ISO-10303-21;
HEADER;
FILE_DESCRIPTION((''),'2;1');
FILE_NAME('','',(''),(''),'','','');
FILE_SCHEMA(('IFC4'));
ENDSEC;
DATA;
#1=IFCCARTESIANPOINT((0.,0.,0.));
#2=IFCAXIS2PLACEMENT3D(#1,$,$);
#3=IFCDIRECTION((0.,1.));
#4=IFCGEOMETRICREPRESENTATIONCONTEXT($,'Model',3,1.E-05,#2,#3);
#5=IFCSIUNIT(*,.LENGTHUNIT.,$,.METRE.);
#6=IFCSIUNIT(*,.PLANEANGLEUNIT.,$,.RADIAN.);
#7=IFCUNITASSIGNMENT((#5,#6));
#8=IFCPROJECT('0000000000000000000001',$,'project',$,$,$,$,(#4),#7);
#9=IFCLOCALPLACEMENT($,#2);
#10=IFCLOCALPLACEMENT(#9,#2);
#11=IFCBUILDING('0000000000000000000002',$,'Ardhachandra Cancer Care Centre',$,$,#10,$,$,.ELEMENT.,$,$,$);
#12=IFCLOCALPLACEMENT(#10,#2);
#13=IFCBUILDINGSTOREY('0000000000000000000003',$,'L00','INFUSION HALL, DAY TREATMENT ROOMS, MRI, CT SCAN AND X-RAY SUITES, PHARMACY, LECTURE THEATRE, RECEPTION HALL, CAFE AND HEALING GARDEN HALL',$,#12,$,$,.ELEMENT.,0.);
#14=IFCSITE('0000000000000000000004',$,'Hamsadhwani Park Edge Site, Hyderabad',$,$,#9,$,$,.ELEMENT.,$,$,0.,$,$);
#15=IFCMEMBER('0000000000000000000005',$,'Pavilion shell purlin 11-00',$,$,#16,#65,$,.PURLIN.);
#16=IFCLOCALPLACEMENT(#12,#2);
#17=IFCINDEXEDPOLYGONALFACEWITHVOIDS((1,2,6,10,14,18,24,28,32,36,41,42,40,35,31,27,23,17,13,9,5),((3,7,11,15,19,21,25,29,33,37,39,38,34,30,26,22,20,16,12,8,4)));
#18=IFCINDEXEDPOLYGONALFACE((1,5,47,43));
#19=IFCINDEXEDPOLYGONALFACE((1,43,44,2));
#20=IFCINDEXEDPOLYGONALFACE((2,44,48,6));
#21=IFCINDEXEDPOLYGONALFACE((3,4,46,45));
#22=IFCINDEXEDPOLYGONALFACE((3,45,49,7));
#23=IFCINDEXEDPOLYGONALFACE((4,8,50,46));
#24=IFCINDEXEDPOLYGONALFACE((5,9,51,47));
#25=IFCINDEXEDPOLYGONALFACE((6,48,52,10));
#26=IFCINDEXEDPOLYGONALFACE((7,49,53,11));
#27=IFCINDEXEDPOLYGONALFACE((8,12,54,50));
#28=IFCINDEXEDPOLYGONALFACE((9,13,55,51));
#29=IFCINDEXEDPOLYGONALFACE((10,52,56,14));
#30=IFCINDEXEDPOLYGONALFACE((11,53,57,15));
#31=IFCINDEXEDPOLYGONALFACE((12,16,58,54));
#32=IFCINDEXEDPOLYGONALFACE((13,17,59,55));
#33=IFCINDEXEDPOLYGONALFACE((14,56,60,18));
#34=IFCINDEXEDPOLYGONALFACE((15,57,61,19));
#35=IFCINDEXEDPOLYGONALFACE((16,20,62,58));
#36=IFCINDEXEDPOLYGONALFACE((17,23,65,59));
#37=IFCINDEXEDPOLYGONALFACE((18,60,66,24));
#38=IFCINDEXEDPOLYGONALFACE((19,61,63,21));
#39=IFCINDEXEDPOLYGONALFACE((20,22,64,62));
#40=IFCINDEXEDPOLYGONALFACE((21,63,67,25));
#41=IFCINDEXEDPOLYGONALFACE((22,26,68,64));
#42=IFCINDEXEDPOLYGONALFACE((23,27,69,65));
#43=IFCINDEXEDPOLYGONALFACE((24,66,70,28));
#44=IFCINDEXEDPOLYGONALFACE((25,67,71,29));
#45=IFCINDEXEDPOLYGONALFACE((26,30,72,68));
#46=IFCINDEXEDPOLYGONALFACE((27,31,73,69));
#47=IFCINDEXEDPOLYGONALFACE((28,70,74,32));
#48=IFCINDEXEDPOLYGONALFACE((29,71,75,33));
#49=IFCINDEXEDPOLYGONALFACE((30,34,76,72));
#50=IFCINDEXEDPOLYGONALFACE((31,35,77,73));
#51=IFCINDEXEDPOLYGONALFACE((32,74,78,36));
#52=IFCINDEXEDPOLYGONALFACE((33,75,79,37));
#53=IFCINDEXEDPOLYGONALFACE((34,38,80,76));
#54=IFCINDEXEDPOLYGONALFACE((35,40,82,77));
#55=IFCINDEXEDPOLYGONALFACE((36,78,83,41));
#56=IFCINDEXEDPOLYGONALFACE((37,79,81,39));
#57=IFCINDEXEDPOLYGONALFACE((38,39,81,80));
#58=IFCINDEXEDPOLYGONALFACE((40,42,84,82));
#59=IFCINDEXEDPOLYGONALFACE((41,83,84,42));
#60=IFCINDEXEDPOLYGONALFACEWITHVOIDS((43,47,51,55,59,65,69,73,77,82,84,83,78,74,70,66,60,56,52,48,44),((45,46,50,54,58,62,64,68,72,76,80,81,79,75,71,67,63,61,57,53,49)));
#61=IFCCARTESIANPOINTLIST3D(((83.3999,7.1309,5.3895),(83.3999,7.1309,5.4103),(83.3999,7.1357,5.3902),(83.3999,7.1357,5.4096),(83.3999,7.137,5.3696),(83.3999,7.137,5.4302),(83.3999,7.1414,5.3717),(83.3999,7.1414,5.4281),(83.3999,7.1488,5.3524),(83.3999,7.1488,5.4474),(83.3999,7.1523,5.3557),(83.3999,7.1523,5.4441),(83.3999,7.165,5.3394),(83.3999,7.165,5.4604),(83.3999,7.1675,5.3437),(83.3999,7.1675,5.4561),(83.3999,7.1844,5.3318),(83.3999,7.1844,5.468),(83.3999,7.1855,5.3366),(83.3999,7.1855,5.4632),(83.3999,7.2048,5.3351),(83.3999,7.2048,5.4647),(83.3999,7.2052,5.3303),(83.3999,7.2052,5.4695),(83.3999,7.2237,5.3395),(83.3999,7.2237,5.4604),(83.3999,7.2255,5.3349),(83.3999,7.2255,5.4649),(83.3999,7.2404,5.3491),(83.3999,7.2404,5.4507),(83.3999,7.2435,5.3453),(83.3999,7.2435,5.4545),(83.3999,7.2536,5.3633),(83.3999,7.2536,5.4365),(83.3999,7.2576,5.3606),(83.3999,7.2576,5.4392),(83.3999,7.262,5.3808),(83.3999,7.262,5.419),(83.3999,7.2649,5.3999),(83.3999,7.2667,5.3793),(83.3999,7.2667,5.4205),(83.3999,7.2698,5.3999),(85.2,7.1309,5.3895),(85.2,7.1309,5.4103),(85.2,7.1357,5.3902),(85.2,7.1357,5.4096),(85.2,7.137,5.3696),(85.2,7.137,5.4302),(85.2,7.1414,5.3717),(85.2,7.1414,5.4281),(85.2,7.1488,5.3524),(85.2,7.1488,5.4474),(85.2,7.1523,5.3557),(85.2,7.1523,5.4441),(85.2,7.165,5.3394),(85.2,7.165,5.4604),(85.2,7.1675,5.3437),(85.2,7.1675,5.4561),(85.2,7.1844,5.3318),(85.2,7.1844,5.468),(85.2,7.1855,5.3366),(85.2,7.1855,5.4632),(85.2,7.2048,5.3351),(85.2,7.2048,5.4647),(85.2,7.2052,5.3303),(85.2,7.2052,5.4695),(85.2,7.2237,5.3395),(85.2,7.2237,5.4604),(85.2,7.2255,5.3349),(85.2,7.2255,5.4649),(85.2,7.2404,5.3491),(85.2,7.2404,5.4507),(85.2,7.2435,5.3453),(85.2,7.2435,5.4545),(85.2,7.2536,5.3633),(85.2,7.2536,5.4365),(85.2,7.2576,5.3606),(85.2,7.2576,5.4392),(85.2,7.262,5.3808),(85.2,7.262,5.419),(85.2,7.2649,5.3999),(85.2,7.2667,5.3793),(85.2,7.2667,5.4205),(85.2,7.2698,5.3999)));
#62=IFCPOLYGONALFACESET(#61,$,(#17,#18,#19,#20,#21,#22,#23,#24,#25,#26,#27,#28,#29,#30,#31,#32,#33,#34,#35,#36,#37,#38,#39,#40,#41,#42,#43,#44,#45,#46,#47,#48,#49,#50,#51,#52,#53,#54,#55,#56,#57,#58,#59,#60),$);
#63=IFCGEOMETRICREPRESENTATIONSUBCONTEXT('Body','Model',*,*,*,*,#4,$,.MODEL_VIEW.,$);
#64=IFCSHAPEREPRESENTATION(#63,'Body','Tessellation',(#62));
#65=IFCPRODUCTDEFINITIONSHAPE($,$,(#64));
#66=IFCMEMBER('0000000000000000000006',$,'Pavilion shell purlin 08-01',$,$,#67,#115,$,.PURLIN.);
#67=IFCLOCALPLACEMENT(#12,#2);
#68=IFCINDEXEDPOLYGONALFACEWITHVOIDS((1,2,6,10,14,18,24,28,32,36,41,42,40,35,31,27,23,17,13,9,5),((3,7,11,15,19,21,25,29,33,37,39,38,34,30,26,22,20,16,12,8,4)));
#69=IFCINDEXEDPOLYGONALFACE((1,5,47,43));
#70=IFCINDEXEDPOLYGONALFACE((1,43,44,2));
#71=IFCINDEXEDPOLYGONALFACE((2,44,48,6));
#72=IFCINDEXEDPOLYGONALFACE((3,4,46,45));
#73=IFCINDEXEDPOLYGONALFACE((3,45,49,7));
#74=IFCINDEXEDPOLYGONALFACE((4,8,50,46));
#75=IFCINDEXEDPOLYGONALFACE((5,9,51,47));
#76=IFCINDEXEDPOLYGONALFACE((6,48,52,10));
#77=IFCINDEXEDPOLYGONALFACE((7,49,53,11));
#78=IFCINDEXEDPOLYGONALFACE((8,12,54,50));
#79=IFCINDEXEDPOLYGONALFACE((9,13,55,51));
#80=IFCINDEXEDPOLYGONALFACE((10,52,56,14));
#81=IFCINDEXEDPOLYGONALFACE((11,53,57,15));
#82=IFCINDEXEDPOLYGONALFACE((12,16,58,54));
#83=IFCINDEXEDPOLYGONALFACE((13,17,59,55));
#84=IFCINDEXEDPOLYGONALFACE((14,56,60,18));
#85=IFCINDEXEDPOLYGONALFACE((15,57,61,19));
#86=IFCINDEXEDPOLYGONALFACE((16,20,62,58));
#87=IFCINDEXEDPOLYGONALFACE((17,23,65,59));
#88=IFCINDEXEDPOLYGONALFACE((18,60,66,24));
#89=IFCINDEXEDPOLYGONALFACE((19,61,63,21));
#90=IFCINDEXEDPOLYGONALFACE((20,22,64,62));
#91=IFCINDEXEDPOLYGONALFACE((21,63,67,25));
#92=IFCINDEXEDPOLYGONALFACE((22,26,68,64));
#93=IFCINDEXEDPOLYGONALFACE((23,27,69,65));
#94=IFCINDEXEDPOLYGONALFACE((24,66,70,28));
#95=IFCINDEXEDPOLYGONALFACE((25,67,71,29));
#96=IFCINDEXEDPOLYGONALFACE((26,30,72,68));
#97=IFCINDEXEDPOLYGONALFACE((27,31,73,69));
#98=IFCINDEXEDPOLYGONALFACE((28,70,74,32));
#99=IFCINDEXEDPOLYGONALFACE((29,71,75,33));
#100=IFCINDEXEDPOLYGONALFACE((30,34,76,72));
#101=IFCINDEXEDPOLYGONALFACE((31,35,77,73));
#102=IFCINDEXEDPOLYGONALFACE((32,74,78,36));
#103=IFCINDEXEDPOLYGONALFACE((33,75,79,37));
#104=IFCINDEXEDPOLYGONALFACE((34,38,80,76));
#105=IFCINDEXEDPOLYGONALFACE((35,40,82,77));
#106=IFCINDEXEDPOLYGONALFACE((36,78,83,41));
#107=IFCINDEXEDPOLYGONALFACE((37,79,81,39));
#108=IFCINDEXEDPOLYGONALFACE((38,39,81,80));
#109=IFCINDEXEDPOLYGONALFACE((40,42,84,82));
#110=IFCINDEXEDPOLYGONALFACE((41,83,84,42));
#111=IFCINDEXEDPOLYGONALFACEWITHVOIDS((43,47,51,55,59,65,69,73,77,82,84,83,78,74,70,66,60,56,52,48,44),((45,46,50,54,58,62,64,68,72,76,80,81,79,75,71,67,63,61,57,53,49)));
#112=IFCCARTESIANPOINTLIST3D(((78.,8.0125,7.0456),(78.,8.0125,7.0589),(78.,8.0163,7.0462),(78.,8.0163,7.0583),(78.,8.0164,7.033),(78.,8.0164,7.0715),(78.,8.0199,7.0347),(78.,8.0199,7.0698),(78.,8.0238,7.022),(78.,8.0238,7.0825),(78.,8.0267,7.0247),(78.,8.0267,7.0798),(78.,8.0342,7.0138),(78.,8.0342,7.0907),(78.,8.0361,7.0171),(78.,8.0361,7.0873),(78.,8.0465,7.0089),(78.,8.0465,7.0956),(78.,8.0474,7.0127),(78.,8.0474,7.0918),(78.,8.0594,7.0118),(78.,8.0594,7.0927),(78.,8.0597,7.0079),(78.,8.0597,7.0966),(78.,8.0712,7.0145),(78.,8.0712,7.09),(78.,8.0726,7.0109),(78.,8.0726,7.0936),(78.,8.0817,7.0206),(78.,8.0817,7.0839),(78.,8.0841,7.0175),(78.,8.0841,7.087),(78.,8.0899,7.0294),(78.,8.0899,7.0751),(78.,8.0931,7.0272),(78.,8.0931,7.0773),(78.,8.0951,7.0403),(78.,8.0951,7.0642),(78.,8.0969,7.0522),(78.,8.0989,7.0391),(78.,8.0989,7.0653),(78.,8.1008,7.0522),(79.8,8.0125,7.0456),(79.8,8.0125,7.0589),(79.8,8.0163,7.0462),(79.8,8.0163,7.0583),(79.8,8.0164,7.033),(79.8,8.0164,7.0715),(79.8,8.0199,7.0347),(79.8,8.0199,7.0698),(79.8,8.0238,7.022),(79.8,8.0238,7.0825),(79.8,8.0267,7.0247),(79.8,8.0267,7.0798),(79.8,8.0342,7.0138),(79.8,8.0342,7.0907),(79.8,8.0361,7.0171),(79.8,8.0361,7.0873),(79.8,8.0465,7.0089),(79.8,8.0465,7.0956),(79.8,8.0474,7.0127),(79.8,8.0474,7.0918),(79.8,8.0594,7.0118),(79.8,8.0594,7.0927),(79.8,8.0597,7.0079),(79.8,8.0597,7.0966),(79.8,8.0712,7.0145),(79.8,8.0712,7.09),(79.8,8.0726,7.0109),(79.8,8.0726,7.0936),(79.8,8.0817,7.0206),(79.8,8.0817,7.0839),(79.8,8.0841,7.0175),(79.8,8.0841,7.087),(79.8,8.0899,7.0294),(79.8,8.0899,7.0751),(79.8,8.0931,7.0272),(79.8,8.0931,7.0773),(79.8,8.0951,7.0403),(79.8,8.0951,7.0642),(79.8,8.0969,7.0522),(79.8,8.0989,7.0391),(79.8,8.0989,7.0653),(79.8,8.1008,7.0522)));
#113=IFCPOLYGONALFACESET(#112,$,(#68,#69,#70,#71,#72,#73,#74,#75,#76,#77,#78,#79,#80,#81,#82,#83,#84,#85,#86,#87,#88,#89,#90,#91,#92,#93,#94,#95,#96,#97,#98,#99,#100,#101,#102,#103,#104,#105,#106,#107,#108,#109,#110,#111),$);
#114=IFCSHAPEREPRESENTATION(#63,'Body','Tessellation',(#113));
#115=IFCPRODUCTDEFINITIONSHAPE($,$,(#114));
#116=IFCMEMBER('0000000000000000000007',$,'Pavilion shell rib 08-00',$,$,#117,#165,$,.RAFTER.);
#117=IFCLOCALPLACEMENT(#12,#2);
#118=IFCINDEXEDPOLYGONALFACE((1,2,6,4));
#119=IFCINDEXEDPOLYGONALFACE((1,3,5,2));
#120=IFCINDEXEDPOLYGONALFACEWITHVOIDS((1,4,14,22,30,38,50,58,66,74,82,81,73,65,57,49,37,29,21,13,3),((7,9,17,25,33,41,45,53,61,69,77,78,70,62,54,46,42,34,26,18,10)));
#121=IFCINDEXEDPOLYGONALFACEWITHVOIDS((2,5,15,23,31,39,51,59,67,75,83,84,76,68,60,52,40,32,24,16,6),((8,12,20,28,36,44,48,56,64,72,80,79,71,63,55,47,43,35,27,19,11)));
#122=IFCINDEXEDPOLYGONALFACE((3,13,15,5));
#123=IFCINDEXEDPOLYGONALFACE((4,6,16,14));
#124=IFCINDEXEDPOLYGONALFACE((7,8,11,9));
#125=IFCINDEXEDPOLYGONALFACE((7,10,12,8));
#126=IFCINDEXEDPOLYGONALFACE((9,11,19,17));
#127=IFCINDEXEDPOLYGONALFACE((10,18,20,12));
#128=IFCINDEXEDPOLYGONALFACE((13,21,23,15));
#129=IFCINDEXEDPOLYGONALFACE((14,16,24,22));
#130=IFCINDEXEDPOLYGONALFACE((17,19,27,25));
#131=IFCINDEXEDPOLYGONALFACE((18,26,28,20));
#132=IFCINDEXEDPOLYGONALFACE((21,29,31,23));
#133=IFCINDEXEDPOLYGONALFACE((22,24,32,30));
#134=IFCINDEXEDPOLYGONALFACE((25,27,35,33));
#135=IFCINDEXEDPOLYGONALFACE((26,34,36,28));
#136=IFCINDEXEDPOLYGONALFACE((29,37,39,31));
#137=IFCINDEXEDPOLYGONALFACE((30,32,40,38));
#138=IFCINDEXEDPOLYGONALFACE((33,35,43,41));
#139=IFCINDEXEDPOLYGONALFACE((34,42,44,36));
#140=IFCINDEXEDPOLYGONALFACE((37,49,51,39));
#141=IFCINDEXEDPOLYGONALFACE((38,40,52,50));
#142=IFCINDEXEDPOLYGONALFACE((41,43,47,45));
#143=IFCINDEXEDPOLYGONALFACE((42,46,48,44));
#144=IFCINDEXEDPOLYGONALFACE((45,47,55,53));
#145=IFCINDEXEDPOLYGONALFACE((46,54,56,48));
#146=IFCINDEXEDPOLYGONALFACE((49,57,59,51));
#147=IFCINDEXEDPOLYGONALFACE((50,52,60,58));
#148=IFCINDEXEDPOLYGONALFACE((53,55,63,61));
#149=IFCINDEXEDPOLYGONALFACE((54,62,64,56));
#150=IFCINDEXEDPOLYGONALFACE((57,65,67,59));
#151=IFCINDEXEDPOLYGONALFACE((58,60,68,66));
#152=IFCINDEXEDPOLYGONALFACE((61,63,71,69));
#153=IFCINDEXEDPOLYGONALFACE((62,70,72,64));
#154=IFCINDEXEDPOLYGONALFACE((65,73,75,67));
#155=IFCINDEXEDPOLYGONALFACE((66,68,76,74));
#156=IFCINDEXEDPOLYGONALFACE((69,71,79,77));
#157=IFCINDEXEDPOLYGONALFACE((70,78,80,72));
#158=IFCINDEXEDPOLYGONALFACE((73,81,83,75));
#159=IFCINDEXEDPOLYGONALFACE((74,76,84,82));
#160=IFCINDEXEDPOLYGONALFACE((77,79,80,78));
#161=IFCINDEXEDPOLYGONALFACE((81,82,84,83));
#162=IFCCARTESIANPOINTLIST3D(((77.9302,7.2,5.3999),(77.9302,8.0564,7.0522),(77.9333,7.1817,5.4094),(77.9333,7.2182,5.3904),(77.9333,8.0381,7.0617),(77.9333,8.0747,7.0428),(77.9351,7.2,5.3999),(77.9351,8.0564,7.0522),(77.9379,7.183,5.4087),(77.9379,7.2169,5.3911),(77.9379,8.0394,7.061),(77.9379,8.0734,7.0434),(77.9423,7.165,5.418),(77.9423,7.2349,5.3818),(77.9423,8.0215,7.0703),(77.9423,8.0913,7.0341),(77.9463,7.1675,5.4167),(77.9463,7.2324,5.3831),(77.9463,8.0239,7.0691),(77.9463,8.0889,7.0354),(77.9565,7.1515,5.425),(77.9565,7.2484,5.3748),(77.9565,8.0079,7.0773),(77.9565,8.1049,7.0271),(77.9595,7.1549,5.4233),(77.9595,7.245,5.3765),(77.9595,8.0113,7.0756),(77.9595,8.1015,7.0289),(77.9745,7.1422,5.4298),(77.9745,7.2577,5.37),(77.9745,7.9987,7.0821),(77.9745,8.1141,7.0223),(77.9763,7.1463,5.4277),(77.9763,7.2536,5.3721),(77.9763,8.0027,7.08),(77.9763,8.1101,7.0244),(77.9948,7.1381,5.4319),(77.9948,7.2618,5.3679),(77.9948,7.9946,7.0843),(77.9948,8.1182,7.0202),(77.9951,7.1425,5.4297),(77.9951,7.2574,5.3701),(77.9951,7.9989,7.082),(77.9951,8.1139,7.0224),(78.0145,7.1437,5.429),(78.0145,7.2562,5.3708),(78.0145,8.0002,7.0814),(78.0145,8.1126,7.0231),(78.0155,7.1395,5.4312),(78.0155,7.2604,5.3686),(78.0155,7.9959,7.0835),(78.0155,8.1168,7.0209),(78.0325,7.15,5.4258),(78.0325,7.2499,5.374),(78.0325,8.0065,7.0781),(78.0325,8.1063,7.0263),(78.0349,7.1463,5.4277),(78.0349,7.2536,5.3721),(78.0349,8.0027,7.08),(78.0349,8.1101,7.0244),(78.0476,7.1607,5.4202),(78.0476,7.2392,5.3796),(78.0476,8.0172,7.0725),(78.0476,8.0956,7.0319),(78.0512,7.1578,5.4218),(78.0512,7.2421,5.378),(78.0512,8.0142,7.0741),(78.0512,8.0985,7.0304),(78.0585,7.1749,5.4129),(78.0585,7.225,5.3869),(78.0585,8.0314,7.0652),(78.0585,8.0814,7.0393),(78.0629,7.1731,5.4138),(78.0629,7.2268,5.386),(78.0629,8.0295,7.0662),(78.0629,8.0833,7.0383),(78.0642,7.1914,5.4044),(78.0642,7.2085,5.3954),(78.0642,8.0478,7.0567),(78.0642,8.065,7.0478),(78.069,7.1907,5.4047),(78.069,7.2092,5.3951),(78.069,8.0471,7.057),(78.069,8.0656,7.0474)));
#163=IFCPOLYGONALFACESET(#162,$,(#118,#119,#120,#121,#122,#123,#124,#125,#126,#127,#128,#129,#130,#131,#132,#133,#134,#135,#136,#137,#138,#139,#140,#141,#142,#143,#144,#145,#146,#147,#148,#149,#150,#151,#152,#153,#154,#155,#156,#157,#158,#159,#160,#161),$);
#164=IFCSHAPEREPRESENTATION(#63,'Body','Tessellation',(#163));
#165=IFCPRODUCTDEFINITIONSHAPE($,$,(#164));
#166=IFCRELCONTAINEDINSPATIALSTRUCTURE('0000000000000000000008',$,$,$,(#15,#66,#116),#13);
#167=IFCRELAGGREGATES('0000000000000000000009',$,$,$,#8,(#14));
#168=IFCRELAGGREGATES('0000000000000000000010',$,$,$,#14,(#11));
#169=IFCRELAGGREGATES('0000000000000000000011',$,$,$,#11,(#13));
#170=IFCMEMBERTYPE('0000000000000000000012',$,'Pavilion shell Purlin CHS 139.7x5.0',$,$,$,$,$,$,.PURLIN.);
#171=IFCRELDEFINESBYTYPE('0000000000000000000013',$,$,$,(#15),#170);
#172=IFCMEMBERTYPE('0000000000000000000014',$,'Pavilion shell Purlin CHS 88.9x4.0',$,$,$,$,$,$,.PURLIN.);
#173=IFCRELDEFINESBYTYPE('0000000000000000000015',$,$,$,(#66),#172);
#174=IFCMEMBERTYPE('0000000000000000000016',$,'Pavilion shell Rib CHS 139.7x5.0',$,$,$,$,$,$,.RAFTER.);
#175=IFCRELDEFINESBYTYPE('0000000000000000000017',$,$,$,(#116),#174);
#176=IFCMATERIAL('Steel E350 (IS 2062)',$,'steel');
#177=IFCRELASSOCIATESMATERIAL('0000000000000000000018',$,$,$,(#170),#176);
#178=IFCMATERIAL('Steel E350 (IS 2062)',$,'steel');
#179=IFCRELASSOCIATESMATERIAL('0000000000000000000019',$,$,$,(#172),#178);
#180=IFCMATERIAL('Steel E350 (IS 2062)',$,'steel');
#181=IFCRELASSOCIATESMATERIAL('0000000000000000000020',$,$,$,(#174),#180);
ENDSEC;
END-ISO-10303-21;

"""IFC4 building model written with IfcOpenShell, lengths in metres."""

from ifc_helpers import new_model, si_unit, direction, frame, origin, origin_2d, place, context, subcontext, project, spatial, hollow_circle, extrude, material, material_profile, profile_set, type_object, element, save


model = new_model("IFC4")

# Units and contexts
model_context = context("Model", 3, precision=1e-05, world=origin(), true_north=direction((0.0, 1.0)))
body_context = subcontext(model_context, "Body", "Model", "MODEL_VIEW")
ifc_project = project(units=[si_unit("LENGTHUNIT", "METRE"), si_unit("PLANEANGLEUNIT", "RADIAN")], contexts=[model_context])

# Site, building, storey
site_placement = place(None, origin())
site = spatial("IfcSite", under=ifc_project, at=site_placement, Name="Hamsadhwani Park Edge Site, Hyderabad", CompositionType="ELEMENT", RefElevation=0.0)
building_placement = place(site_placement, origin())
building = spatial("IfcBuilding", under=site, at=building_placement, Name="Ardhachandra Cancer Care Centre", CompositionType="ELEMENT")
storey_placement = place(building_placement, origin())
storey = spatial("IfcBuildingStorey", under=building, at=storey_placement, Name="L00", Description="INFUSION HALL, DAY TREATMENT ROOMS, MRI, CT SCAN AND X-RAY SUITES, PHARMACY, LECTURE THEATRE, RECEPTION HALL, CAFE AND HEALING GARDEN HALL", CompositionType="ELEMENT", Elevation=0.0)

# Members
ifc_material_1 = material(Name="Steel E350 (IS 2062)", Category="steel")
ifc_material_profile_1 = material_profile(ifc_material_1, hollow_circle(Radius=0.0698, WallThickness=0.0049, at=origin_2d()), Name="CHS 139.7x5.0")
ifc_profile_set_1 = profile_set([ifc_material_profile_1], Name="Steel E350 (IS 2062)")
member_type_1 = type_object("IfcMemberType", Name="Pavilion shell Purlin CHS 139.7x5.0", PredefinedType="PURLIN", material=ifc_profile_set_1)
member_1_placement = place(storey_placement, frame((83.3999, 7.2, 5.3999), z_axis=(1.0, 0.0, 0.0), x_axis=(0.0, 1.0, 0.0)))
element("IfcMember", 1, at=member_1_placement, inside=storey, type_object=member_type_1, Name="Pavilion shell purlin 11-00", PredefinedType="PURLIN", context=body_context, shape_type="SweptSolid", body=[
    extrude(hollow_circle(Radius=0.0698, WallThickness=0.0049, at=origin_2d()), origin(), (0.0, 0.0, 1.0), 1.8),
])
ifc_material_2 = material(Name="Steel E350 (IS 2062)", Category="steel")
ifc_material_profile_2 = material_profile(ifc_material_2, hollow_circle(Radius=0.0444, WallThickness=0.0039, at=origin_2d()), Name="CHS 88.9x4.0")
ifc_profile_set_2 = profile_set([ifc_material_profile_2], Name="Steel E350 (IS 2062)")
member_type_2 = type_object("IfcMemberType", Name="Pavilion shell Purlin CHS 88.9x4.0", PredefinedType="PURLIN", material=ifc_profile_set_2)
member_2_placement = place(storey_placement, frame((78.0, 8.0564, 7.0522), z_axis=(1.0, 0.0, 0.0), x_axis=(0.0, 1.0, 0.0)))
element("IfcMember", 2, at=member_2_placement, inside=storey, type_object=member_type_2, Name="Pavilion shell purlin 08-01", PredefinedType="PURLIN", context=body_context, shape_type="SweptSolid", body=[
    extrude(hollow_circle(Radius=0.0444, WallThickness=0.0039, at=origin_2d()), origin(), (0.0, 0.0, 1.0), 1.8),
])
ifc_material_3 = material(Name="Steel E350 (IS 2062)", Category="steel")
ifc_material_profile_3 = material_profile(ifc_material_3, hollow_circle(Radius=0.0698, WallThickness=0.0049, at=origin_2d()), Name="CHS 139.7x5.0")
ifc_profile_set_3 = profile_set([ifc_material_profile_3], Name="Steel E350 (IS 2062)")
member_type_3 = type_object("IfcMemberType", Name="Pavilion shell Rib CHS 139.7x5.0", PredefinedType="RAFTER", material=ifc_profile_set_3)
for number, where, z_axis, x_axis, name in (
    (3, (78.0, 7.2, 5.3999), (0.0, 0.460179, 0.887826), (-1.0, 0.0, 0.0), "Pavilion shell rib 08-00"),
):
    element("IfcMember", number, at=place(storey_placement, frame(where, z_axis=z_axis, x_axis=x_axis)), inside=storey, type_object=member_type_3, Name=name, PredefinedType="RAFTER", context=body_context, shape_type="SweptSolid", body=[
        extrude(hollow_circle(Radius=0.0698, WallThickness=0.0049, at=origin_2d()), origin(), (0.0, 0.0, 1.0), 1.8611),
    ])

save(model, "model.ifc")
